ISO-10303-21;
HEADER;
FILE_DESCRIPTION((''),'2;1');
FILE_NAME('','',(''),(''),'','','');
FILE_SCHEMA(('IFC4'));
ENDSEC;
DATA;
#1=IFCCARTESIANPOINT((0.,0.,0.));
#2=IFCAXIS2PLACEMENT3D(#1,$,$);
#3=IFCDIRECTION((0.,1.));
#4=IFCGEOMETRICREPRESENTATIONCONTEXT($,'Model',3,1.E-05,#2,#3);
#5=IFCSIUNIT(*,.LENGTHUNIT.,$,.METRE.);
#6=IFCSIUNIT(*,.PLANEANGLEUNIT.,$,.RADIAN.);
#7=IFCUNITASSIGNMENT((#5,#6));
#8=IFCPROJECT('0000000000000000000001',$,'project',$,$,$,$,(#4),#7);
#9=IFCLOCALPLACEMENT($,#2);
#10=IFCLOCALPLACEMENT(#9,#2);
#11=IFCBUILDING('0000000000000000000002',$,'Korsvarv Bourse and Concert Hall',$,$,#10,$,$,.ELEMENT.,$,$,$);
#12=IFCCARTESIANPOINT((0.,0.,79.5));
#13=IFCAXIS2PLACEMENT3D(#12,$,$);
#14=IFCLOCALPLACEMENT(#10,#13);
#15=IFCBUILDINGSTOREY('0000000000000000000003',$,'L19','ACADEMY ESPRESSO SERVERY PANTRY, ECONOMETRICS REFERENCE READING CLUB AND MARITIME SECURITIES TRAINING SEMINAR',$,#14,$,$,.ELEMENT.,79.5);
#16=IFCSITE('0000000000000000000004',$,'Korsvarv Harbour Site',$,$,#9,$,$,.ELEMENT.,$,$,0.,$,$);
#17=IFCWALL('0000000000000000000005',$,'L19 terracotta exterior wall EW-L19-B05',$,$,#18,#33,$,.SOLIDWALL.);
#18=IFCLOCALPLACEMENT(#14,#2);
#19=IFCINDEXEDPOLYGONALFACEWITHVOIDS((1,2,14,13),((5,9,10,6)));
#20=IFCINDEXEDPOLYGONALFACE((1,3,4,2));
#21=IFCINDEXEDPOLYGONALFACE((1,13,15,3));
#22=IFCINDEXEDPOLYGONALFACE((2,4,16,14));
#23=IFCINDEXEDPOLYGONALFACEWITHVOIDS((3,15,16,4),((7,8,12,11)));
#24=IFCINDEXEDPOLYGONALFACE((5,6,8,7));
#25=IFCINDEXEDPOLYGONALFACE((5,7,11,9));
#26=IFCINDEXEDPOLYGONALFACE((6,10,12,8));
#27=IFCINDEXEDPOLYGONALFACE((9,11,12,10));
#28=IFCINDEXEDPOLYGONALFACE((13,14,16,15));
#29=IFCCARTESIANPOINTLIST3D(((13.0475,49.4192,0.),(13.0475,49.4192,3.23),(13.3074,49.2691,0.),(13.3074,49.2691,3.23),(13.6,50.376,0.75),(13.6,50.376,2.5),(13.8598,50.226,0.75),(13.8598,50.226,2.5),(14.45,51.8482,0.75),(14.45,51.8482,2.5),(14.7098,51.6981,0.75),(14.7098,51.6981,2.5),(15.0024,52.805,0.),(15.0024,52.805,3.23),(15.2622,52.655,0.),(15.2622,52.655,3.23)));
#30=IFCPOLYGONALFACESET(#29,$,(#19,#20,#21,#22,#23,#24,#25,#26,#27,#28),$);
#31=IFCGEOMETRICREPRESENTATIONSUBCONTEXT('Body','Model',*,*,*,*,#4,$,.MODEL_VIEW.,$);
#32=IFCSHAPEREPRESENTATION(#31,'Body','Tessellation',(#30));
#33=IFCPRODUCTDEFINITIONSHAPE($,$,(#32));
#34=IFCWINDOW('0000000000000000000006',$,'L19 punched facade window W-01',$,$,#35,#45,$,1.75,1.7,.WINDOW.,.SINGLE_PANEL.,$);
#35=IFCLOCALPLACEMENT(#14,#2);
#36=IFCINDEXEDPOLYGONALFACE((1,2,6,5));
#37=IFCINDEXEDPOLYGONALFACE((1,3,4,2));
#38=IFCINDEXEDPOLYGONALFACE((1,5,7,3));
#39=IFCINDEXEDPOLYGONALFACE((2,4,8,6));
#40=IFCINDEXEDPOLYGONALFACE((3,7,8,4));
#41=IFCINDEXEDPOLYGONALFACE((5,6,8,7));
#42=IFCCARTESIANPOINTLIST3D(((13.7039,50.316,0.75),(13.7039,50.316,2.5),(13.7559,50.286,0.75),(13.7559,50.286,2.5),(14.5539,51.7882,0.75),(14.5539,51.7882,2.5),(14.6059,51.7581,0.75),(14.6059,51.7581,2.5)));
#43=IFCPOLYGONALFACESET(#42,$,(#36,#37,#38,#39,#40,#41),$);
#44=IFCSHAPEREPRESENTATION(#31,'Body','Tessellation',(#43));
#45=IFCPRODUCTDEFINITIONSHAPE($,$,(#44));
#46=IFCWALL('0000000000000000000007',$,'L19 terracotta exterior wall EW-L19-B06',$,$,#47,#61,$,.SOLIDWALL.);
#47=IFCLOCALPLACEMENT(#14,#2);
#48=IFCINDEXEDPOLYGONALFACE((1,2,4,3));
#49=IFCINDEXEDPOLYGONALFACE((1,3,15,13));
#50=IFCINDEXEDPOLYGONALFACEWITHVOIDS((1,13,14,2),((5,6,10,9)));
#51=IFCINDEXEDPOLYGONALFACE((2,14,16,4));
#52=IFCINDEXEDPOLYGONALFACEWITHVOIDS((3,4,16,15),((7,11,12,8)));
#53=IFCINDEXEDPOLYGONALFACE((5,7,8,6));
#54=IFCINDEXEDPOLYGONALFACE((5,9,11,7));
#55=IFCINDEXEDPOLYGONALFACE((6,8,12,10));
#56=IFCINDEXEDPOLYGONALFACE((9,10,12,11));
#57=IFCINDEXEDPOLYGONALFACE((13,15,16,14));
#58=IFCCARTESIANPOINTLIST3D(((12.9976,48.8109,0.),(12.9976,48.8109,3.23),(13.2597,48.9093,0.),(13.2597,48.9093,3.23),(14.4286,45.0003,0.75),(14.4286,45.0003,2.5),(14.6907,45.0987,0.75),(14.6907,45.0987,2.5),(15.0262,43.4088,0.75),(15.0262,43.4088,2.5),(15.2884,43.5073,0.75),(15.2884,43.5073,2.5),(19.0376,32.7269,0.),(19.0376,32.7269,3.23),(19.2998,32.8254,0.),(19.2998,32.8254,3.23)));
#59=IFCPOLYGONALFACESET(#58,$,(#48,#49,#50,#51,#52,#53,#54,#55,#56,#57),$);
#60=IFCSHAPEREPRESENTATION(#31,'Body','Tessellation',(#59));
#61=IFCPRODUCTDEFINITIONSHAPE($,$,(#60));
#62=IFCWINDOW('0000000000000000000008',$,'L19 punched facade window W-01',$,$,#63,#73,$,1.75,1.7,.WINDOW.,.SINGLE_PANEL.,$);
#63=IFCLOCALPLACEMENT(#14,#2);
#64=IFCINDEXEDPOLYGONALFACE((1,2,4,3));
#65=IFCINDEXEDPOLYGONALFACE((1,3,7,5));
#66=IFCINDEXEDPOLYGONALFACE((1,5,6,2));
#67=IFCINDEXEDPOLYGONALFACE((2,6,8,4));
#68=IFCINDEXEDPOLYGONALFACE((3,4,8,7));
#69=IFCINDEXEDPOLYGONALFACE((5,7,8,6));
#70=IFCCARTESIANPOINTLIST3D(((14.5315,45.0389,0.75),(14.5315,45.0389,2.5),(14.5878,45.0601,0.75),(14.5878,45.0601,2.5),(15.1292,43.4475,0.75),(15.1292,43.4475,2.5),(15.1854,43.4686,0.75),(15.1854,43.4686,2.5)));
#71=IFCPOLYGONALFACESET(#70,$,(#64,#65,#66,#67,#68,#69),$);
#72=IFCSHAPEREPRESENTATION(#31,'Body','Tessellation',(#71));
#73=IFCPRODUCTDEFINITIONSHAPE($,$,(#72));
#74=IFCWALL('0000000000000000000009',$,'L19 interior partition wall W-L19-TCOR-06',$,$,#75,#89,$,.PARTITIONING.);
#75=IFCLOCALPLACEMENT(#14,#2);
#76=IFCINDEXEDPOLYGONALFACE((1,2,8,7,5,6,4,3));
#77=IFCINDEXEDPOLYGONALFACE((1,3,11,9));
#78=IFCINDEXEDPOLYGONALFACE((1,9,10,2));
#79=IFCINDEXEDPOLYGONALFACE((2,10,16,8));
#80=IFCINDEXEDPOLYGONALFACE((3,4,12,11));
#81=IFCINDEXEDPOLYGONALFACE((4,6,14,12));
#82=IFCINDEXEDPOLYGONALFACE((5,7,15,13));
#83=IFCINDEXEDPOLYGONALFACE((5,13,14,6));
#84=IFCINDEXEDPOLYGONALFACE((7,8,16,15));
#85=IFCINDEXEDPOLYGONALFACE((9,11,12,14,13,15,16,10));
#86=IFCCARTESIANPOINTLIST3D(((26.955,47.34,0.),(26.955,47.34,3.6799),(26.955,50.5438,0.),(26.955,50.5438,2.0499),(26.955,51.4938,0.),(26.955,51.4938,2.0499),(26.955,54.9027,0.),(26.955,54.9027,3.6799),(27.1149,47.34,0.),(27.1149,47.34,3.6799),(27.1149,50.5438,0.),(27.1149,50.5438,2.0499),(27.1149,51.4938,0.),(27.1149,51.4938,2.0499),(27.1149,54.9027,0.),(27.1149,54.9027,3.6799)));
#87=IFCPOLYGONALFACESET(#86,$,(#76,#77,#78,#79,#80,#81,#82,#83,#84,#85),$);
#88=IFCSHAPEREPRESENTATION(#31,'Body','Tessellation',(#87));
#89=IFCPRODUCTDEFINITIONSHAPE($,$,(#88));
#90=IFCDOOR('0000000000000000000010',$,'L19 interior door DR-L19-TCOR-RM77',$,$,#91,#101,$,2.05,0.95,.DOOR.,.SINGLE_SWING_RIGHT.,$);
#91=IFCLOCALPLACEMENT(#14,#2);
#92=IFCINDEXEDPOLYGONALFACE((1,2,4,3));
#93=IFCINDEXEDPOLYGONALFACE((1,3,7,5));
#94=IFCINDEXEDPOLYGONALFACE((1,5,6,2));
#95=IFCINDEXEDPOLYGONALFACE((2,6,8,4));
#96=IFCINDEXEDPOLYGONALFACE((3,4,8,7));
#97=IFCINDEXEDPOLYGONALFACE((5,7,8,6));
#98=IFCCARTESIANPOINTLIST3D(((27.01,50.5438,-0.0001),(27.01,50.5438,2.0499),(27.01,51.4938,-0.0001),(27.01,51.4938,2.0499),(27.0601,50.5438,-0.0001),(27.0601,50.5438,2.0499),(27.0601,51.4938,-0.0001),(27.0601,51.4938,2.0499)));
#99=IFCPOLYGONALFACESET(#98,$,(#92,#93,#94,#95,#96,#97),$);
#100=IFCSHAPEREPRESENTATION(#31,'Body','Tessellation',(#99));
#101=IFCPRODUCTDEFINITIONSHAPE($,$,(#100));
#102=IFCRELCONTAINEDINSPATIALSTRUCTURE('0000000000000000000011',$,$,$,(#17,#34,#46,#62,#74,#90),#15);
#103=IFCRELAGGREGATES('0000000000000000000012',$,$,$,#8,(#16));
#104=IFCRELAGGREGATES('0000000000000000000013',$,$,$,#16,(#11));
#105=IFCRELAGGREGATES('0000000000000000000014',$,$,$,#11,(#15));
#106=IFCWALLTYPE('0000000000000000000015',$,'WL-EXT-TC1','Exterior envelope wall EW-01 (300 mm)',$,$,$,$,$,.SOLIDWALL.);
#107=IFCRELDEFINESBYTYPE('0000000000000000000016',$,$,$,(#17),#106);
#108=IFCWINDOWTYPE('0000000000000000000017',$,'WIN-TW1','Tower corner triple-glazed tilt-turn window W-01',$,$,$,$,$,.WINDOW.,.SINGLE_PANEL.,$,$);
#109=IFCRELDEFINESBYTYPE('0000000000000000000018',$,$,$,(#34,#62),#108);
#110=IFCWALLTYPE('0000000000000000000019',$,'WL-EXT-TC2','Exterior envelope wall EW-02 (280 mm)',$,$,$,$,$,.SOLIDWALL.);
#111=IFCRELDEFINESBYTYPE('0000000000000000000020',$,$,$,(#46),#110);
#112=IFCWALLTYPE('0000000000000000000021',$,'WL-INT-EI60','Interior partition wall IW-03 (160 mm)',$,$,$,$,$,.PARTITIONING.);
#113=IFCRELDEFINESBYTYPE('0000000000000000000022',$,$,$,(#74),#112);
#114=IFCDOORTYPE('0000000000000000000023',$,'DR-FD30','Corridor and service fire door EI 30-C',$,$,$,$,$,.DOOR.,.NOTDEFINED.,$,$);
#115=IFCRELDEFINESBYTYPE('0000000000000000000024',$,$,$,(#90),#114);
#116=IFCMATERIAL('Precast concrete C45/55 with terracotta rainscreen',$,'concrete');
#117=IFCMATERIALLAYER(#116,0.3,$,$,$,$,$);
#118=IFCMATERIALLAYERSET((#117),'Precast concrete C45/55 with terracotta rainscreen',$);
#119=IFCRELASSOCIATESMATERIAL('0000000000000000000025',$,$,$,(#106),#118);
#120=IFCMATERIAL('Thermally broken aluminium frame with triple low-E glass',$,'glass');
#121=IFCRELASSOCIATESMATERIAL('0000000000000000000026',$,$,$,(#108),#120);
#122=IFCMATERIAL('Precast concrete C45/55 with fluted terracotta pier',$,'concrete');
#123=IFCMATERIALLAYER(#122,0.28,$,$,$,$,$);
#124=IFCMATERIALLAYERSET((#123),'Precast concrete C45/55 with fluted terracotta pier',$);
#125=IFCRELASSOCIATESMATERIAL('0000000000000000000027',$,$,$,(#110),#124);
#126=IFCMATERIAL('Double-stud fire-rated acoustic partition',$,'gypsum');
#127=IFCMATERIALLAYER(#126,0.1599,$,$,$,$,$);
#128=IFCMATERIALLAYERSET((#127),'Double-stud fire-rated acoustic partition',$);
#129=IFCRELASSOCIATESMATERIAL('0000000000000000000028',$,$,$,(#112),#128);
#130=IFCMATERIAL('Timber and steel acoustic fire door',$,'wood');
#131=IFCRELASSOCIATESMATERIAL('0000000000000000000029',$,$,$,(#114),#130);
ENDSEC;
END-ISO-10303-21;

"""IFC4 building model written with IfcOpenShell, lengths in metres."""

from ifc_helpers import new_model, si_unit, direction, frame, frame_2d, origin, place, context, subcontext, project, spatial, rectangle, extrude, material, layer, layer_set, type_object, element, fill, save


model = new_model("IFC4")

# Units and contexts
model_context = context("Model", 3, precision=1e-05, world=origin(), true_north=direction((0.0, 1.0)))
body_context = subcontext(model_context, "Body", "Model", "MODEL_VIEW")
ifc_project = project(units=[si_unit("LENGTHUNIT", "METRE"), si_unit("PLANEANGLEUNIT", "RADIAN")], contexts=[model_context])

# Site, building, storey
site_placement = place(None, origin())
site = spatial("IfcSite", under=ifc_project, at=site_placement, Name="Korsvarv Harbour Site", CompositionType="ELEMENT", RefElevation=0.0)
building_placement = place(site_placement, origin())
building = spatial("IfcBuilding", under=site, at=building_placement, Name="Korsvarv Bourse and Concert Hall", CompositionType="ELEMENT")
storey_placement = place(building_placement, frame((0.0, 0.0, 79.5)))
storey = spatial("IfcBuildingStorey", under=building, at=storey_placement, Name="L19", Description="ACADEMY ESPRESSO SERVERY PANTRY, ECONOMETRICS REFERENCE READING CLUB AND MARITIME SECURITIES TRAINING SEMINAR", CompositionType="ELEMENT", Elevation=79.5)

# Walls, openings, windows
ifc_material_1 = material(Name="Precast concrete C45/55 with terracotta rainscreen", Category="concrete")
ifc_layer_1 = layer(ifc_material_1, 0.3)
ifc_layer_set_1 = layer_set([ifc_layer_1], Name="Precast concrete C45/55 with terracotta rainscreen")
wall_type_1 = type_object("IfcWallType", Name="WL-EXT-TC1", Description="Exterior envelope wall EW-01 (300 mm)", PredefinedType="SOLIDWALL", material=ifc_layer_set_1)
wall_1_placement = place(storey_placement, frame((15.1323, 52.73, 0.0), z_axis=(0.0, 0.0, 1.0), x_axis=(-0.500014, -0.866017, 0.0)))
wall_1 = element("IfcWall", 1, at=wall_1_placement, inside=storey, type_object=wall_type_1, Name="L19 terracotta exterior wall EW-L19-B05", PredefinedType="SOLIDWALL", context=body_context, shape_type="SweptSolid", body=[
    extrude(rectangle(XDim=3.9097, YDim=0.3, at=frame_2d((1.9548, 0.0))), origin(), (0.0, 0.0, 1.0), 3.23),
])
opening_1_placement = place(wall_1_placement, frame((1.1047, 0.0, 0.75)))
opening_1 = element("IfcOpeningElement", 2, at=opening_1_placement, cuts=wall_1, PredefinedType="OPENING", context=body_context, shape_type="SweptSolid", body=[
    extrude(rectangle(XDim=1.7, YDim=1.75, at=frame_2d((0.8501, 0.875))), frame((0.0, 0.1602, 0.0), z_axis=(0.0, -1.0, 0.0), x_axis=(1.0, 0.0, 0.0)), (0.0, 0.0, 1.0), 0.3201),
])
ifc_material_2 = material(Name="Thermally broken aluminium frame with triple low-E glass", Category="glass")
window_type = type_object("IfcWindowType", Name="WIN-TW1", Description="Tower corner triple-glazed tilt-turn window W-01", PartitioningType="SINGLE_PANEL", PredefinedType="WINDOW", material=ifc_material_2)
window_1_placement = place(opening_1_placement, origin())
window_1 = element("IfcWindow", 3, at=window_1_placement, inside=storey, type_object=window_type, Name="L19 punched facade window W-01", OverallHeight=1.75, OverallWidth=1.7, PartitioningType="SINGLE_PANEL", PredefinedType="WINDOW", context=body_context, shape_type="SweptSolid", body=[
    extrude(rectangle(XDim=1.7, YDim=1.75, at=frame_2d((0.8501, 0.875))), frame((0.0, 0.03, 0.0), z_axis=(0.0, -1.0, 0.0), x_axis=(1.0, 0.0, 0.0)), (0.0, 0.0, 1.0), 0.0601),
])
fill(opening_1, window_1)
ifc_material_3 = material(Name="Precast concrete C45/55 with fluted terracotta pier", Category="concrete")
ifc_layer_2 = layer(ifc_material_3, 0.28)
ifc_layer_set_2 = layer_set([ifc_layer_2], Name="Precast concrete C45/55 with fluted terracotta pier")
wall_type_2 = type_object("IfcWallType", Name="WL-EXT-TC2", Description="Exterior envelope wall EW-02 (280 mm)", PredefinedType="SOLIDWALL", material=ifc_layer_set_2)
wall_2_placement = place(storey_placement, frame((13.1287, 48.8601, 0.0), z_axis=(0.0, 0.0, 1.0), x_axis=(0.351559, -0.936166, 0.0)))
wall_2 = element("IfcWall", 4, at=wall_2_placement, inside=storey, type_object=wall_type_2, Name="L19 terracotta exterior wall EW-L19-B06", PredefinedType="SOLIDWALL", context=body_context, shape_type="SweptSolid", body=[
    extrude(rectangle(XDim=17.1807, YDim=0.28, at=frame_2d((8.5903, 0.0))), origin(), (0.0, 0.0, 1.0), 3.23),
])
opening_2_placement = place(wall_2_placement, frame((4.0703, 0.0, 0.75)))
opening_2 = element("IfcOpeningElement", 5, at=opening_2_placement, cuts=wall_2, PredefinedType="OPENING", context=body_context, shape_type="SweptSolid", body=[
    extrude(rectangle(XDim=1.7, YDim=1.75, at=frame_2d((0.8501, 0.875))), frame((0.0, 0.1499, 0.0), z_axis=(0.0, -1.0, 0.0), x_axis=(1.0, 0.0, 0.0)), (0.0, 0.0, 1.0), 0.3),
])
window_2_placement = place(opening_2_placement, origin())
window_2 = element("IfcWindow", 6, at=window_2_placement, inside=storey, type_object=window_type, Name="L19 punched facade window W-01", OverallHeight=1.75, OverallWidth=1.7, PartitioningType="SINGLE_PANEL", PredefinedType="WINDOW", context=body_context, shape_type="SweptSolid", body=[
    extrude(rectangle(XDim=1.7, YDim=1.75, at=frame_2d((0.8501, 0.875))), frame((0.0, 0.03, 0.0), z_axis=(0.0, -1.0, 0.0), x_axis=(1.0, 0.0, 0.0)), (0.0, 0.0, 1.0), 0.0601),
])
fill(opening_2, window_2)

# Wall, opening, door
ifc_material_4 = material(Name="Double-stud fire-rated acoustic partition", Category="gypsum")
ifc_layer_3 = layer(ifc_material_4, 0.1599)
ifc_layer_set_3 = layer_set([ifc_layer_3], Name="Double-stud fire-rated acoustic partition")
wall_type_3 = type_object("IfcWallType", Name="WL-INT-EI60", Description="Interior partition wall IW-03 (160 mm)", PredefinedType="PARTITIONING", material=ifc_layer_set_3)
wall_3_placement = place(storey_placement, frame((27.0349, 47.3401, 0.0), z_axis=(0.0, 0.0, 1.0), x_axis=(0.0, 1.0, 0.0)))
wall_3 = element("IfcWall", 7, at=wall_3_placement, inside=storey, type_object=wall_type_3, Name="L19 interior partition wall W-L19-TCOR-06", PredefinedType="PARTITIONING", context=body_context, shape_type="SweptSolid", body=[
    extrude(rectangle(XDim=7.5627, YDim=0.1599, at=frame_2d((3.7812, 0.0))), origin(), (0.0, 0.0, 1.0), 3.6799),
])
opening_3_placement = place(wall_3_placement, frame((3.2036, 0.0, 0.0)))
opening_3 = element("IfcOpeningElement", 8, at=opening_3_placement, cuts=wall_3, PredefinedType="OPENING", context=body_context, shape_type="SweptSolid", body=[
    extrude(rectangle(XDim=0.95, YDim=2.05, at=frame_2d((0.4751, 1.0249))), frame((0.0, 0.0898, 0.0), z_axis=(0.0, -1.0, 0.0), x_axis=(1.0, 0.0, 0.0)), (0.0, 0.0, 1.0), 0.1799),
])
ifc_material_5 = material(Name="Timber and steel acoustic fire door", Category="wood")
door_type = type_object("IfcDoorType", Name="DR-FD30", Description="Corridor and service fire door EI 30-C", OperationType="NOTDEFINED", PredefinedType="DOOR", material=ifc_material_5)
door_placement = place(opening_3_placement, origin())
door = element("IfcDoor", 9, at=door_placement, inside=storey, type_object=door_type, Name="L19 interior door DR-L19-TCOR-RM77", OperationType="SINGLE_SWING_RIGHT", OverallHeight=2.05, OverallWidth=0.95, PredefinedType="DOOR", context=body_context, shape_type="SweptSolid", body=[
    extrude(rectangle(XDim=0.95, YDim=2.05, at=frame_2d((0.4751, 1.0249))), frame((0.0, 0.0249, 0.0), z_axis=(0.0, -1.0, 0.0), x_axis=(1.0, 0.0, 0.0)), (0.0, 0.0, 1.0), 0.05),
])
fill(opening_3, door)

save(model, "model.ifc")
